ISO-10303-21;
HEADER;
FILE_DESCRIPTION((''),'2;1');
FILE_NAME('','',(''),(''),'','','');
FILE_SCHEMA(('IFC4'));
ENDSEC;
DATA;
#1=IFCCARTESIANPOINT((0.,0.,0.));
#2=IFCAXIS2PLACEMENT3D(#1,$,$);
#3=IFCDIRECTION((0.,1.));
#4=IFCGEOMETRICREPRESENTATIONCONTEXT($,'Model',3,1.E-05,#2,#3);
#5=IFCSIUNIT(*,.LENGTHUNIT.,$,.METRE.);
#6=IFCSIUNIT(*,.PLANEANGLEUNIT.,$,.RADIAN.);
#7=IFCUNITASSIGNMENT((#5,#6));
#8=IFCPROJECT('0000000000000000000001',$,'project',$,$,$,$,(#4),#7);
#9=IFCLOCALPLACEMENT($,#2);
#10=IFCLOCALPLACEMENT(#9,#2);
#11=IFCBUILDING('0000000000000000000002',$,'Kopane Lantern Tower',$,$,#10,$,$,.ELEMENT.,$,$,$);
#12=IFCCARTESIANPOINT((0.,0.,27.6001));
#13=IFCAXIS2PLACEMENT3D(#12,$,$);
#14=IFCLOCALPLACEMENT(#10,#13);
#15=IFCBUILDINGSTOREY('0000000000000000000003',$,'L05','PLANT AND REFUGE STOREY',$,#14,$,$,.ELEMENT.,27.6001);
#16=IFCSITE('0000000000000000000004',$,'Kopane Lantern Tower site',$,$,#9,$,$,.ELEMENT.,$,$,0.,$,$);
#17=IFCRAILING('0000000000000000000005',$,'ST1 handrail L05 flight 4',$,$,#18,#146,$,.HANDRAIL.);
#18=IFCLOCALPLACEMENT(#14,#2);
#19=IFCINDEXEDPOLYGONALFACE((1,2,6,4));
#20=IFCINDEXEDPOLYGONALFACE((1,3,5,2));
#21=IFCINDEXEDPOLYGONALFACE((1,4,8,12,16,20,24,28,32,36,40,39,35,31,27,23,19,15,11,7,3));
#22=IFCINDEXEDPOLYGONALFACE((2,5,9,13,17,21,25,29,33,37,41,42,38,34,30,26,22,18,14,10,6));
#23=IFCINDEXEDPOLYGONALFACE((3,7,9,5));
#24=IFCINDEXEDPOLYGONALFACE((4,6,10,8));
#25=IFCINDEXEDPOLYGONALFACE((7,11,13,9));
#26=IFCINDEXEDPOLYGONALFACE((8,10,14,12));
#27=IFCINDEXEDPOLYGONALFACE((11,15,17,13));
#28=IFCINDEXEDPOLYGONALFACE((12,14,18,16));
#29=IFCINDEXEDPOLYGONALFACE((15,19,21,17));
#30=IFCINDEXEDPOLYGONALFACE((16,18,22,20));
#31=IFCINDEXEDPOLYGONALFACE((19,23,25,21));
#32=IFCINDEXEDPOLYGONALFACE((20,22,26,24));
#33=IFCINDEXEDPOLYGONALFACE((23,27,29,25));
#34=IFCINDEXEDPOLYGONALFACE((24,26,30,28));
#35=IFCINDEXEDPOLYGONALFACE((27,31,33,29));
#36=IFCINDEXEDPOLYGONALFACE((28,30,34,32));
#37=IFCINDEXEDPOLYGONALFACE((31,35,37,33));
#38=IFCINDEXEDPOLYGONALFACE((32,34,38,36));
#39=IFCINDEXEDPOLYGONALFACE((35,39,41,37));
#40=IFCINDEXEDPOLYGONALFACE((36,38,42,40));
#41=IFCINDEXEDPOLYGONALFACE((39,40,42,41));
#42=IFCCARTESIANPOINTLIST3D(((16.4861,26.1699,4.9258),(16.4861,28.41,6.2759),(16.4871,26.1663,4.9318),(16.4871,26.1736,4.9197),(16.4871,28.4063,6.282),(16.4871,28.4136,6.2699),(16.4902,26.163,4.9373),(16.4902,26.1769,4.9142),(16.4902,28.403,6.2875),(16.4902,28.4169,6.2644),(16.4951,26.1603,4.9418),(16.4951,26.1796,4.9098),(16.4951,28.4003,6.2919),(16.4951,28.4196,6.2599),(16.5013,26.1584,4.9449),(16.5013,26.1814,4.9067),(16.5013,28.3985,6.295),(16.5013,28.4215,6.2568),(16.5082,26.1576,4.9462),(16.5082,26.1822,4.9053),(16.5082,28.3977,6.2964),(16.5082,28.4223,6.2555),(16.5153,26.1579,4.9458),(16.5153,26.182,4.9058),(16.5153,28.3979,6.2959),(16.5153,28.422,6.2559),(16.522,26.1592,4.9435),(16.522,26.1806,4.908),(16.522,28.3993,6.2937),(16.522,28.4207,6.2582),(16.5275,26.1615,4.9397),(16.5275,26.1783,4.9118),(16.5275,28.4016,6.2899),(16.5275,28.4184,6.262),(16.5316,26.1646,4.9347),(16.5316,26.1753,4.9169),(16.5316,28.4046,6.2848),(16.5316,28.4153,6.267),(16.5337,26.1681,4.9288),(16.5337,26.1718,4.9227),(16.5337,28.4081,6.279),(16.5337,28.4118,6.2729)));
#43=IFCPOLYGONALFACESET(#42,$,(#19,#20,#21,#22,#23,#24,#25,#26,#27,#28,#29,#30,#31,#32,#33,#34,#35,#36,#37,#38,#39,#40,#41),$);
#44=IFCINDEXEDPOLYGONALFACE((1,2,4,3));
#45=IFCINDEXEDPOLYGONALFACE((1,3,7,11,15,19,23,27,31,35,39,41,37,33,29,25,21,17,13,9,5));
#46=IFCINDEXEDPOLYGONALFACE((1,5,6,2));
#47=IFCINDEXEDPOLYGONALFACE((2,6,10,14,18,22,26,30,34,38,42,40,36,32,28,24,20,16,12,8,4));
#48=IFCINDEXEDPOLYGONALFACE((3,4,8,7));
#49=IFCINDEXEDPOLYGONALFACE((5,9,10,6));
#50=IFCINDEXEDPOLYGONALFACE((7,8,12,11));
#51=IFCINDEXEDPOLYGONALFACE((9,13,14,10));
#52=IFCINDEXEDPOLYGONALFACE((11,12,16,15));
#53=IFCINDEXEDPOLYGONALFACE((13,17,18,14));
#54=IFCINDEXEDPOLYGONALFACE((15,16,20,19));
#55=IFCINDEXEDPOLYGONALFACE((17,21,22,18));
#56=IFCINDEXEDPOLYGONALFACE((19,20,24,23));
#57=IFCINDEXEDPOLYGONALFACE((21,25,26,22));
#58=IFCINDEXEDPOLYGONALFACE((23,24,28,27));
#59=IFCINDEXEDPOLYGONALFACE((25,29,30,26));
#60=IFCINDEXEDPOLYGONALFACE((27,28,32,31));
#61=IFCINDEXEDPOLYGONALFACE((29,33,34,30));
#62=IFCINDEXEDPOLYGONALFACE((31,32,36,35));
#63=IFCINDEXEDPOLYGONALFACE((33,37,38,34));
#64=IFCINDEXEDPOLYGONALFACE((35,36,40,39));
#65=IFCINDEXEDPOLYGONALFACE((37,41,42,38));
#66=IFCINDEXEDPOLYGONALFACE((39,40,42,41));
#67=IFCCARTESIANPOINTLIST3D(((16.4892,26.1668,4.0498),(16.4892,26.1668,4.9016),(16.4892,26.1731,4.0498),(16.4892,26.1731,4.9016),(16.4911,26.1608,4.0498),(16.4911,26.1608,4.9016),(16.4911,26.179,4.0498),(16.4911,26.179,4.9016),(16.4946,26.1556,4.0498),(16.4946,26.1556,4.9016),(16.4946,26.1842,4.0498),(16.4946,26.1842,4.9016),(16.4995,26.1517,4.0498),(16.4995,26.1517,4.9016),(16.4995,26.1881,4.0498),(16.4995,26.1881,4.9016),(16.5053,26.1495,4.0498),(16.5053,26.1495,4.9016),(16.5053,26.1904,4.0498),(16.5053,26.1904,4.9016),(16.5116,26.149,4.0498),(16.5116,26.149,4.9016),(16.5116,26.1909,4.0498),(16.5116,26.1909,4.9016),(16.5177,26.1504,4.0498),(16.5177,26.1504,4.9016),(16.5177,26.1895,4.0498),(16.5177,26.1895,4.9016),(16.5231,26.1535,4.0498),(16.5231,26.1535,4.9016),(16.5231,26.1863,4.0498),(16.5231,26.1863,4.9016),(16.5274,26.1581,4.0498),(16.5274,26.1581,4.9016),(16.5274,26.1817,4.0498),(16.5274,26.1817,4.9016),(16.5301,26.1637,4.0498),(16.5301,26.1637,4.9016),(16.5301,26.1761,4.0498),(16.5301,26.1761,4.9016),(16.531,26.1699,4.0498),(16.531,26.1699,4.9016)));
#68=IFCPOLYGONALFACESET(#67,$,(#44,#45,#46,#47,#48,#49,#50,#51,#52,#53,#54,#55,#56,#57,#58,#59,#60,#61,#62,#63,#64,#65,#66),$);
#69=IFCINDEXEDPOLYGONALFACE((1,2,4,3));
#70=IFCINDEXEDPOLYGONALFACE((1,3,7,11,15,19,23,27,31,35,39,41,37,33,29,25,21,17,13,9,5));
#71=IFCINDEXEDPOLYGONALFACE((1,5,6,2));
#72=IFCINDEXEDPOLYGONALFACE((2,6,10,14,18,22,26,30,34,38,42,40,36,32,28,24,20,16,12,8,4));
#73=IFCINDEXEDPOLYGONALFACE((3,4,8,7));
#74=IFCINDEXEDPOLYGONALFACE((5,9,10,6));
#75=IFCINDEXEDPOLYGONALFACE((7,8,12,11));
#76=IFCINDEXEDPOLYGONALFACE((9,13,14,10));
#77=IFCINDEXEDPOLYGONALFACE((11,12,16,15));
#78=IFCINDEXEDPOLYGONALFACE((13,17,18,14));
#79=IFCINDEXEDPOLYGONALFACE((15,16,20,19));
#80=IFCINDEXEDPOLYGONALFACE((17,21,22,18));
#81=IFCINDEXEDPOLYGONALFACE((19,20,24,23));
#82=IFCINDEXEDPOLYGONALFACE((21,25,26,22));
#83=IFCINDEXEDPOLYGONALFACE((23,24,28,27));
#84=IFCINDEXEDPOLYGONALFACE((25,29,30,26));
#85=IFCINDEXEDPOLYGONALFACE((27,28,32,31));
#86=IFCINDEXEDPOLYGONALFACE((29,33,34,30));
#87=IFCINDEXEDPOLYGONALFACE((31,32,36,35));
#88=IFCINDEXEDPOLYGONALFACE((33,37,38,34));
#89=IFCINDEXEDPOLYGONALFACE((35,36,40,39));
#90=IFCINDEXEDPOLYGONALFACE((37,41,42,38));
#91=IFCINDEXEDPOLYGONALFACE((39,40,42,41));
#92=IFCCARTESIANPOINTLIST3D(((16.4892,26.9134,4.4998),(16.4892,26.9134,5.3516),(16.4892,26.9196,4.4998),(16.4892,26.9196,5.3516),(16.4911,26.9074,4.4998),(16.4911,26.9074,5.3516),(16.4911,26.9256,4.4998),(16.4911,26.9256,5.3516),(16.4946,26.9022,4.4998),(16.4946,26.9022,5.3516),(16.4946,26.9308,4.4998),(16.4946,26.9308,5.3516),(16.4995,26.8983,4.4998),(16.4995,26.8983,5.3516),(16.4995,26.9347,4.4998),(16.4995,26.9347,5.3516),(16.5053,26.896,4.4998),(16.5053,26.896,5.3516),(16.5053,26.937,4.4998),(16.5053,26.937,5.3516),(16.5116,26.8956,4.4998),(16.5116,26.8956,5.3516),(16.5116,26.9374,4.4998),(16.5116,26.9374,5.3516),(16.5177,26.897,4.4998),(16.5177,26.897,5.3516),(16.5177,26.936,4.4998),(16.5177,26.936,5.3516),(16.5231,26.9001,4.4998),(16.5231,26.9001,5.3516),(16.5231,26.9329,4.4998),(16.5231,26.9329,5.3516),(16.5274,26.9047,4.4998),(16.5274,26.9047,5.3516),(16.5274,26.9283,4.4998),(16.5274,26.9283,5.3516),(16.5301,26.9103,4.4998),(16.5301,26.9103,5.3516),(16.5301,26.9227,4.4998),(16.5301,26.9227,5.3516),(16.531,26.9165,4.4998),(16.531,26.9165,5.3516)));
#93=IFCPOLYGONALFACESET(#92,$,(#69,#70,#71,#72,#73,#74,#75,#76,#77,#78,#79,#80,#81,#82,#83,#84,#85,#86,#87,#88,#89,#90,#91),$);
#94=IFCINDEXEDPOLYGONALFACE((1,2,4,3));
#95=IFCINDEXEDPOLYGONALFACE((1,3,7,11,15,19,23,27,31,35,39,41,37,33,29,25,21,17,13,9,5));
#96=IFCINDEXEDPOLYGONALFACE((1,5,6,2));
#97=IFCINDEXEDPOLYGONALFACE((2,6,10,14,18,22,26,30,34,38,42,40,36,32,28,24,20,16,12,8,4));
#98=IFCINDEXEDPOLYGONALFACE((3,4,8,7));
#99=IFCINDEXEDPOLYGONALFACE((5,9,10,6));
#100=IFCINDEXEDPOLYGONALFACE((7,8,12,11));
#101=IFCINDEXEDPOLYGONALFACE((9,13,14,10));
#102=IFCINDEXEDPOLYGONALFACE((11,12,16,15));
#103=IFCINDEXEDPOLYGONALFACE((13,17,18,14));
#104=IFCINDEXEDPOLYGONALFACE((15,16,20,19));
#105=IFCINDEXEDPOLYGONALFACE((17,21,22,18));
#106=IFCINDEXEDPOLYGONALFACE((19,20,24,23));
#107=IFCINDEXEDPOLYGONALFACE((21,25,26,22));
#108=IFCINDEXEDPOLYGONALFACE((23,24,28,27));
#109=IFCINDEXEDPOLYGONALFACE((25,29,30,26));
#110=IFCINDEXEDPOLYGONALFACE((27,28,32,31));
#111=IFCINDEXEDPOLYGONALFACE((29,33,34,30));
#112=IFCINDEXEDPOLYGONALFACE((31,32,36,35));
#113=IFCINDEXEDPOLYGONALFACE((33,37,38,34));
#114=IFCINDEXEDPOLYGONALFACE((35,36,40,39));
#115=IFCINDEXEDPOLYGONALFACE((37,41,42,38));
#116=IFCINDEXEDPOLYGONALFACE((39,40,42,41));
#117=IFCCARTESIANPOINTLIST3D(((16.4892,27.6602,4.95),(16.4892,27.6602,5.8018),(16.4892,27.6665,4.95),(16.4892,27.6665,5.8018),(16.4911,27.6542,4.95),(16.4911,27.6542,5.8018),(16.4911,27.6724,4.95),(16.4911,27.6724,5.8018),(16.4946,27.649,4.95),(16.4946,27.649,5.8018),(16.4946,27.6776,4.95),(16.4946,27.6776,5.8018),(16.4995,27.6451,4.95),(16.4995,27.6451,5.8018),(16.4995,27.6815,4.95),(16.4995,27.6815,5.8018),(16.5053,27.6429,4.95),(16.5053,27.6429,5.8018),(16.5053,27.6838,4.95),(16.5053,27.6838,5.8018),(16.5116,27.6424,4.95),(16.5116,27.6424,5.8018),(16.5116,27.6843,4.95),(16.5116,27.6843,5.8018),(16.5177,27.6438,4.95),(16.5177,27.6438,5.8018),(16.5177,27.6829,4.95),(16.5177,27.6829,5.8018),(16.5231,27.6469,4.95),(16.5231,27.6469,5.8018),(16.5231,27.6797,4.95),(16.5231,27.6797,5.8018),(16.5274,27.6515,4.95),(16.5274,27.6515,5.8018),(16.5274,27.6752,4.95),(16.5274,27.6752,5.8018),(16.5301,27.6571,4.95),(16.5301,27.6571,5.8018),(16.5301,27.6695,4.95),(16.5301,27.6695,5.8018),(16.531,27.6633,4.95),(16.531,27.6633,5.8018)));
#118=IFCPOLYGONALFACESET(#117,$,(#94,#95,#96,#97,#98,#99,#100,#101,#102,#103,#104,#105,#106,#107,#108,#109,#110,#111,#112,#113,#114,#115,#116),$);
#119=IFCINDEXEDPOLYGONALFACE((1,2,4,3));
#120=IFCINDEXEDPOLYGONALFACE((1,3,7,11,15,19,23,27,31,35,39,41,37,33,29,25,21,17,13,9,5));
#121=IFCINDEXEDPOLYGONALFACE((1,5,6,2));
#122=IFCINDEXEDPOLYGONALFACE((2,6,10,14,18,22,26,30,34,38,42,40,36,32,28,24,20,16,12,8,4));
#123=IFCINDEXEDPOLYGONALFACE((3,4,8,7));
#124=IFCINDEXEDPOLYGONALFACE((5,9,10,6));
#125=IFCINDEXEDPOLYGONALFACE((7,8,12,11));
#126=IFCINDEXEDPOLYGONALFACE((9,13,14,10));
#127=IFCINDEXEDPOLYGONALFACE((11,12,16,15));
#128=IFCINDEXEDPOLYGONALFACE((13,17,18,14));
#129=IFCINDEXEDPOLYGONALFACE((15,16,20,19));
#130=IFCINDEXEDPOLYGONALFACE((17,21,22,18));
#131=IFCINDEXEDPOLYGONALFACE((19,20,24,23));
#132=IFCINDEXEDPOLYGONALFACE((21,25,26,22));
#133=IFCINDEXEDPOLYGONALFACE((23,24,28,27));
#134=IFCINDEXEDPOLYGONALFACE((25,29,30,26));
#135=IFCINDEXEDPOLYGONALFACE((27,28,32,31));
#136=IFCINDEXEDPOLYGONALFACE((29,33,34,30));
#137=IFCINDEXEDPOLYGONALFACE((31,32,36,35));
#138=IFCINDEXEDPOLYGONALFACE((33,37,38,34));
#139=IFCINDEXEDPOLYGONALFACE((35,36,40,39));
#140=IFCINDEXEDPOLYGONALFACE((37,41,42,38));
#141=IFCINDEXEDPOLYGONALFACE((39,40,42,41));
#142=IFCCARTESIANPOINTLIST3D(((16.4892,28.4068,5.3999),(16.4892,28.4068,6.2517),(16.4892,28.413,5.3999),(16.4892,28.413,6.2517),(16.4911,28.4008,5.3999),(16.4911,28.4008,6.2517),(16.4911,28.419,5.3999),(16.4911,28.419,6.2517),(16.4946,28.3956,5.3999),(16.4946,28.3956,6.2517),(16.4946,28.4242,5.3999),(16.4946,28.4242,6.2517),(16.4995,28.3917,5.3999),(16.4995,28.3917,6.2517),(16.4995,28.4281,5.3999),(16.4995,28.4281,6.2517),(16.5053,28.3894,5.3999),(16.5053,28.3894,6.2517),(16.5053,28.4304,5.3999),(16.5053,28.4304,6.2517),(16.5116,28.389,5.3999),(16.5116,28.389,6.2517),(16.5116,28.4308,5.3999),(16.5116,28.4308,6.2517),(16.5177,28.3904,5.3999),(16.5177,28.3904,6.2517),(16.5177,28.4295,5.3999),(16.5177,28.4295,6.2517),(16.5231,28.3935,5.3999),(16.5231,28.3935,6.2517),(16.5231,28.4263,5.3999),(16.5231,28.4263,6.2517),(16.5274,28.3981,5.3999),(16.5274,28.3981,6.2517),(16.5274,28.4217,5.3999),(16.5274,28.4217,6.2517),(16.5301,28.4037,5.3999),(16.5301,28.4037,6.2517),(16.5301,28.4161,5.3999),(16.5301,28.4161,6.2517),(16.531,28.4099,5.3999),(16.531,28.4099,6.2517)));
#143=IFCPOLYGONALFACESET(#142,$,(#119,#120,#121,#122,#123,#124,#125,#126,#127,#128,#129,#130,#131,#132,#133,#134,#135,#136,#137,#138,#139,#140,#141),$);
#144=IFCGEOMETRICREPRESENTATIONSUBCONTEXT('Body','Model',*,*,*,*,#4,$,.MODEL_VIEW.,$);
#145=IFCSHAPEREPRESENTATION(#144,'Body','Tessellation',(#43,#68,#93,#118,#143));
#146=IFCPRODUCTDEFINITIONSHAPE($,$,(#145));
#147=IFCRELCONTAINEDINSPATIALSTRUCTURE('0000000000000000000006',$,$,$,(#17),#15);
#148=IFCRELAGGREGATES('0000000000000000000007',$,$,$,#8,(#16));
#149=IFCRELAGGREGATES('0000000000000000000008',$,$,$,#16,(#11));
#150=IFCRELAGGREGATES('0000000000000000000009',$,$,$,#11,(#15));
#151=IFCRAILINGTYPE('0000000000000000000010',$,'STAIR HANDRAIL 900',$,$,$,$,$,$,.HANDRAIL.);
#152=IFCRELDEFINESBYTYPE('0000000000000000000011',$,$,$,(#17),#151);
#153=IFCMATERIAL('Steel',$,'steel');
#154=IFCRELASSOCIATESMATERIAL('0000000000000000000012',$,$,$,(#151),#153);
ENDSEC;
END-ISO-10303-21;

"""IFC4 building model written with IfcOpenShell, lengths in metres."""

from ifc_helpers import new_model, si_unit, direction, frame, origin, origin_2d, place, context, subcontext, project, spatial, circle, extrude, material, type_object, element, save


model = new_model("IFC4")

# Units and contexts
model_context = context("Model", 3, precision=1e-05, world=origin(), true_north=direction((0.0, 1.0)))
body_context = subcontext(model_context, "Body", "Model", "MODEL_VIEW")
ifc_project = project(units=[si_unit("LENGTHUNIT", "METRE"), si_unit("PLANEANGLEUNIT", "RADIAN")], contexts=[model_context])

# Site, building, storey
site_placement = place(None, origin())
site = spatial("IfcSite", under=ifc_project, at=site_placement, Name="Kopane Lantern Tower site", CompositionType="ELEMENT", RefElevation=0.0)
building_placement = place(site_placement, origin())
building = spatial("IfcBuilding", under=site, at=building_placement, Name="Kopane Lantern Tower", CompositionType="ELEMENT")
storey_placement = place(building_placement, frame((0.0, 0.0, 27.6001)))
storey = spatial("IfcBuildingStorey", under=building, at=storey_placement, Name="L05", Description="PLANT AND REFUGE STOREY", CompositionType="ELEMENT", Elevation=27.6001)

# Railing
ifc_material_1 = material(Name="Steel", Category="steel")
railing_type_1 = type_object("IfcRailingType", Name="STAIR HANDRAIL 900", PredefinedType="HANDRAIL", material=ifc_material_1)
for number, where, name in (
    (1, (16.51, 26.1699, 4.0498), "ST1 handrail L05 flight 4"),
):
    element("IfcRailing", number, at=place(storey_placement, frame(where)), inside=storey, type_object=railing_type_1, Name=name, PredefinedType="HANDRAIL", context=body_context, shape_type="SweptSolid", body=[
        extrude(circle(Radius=0.0239, at=origin_2d()), frame((0.0, 0.0, 0.876), z_axis=(0.0, 0.856462, 0.516211), x_axis=(-1.0, 0.0, 0.0)), (0.0, 0.0, 1.0), 2.6155),
        extrude(circle(Radius=0.021, at=origin_2d()), origin(), (0.0, 0.0, 1.0), 0.8518),
        extrude(circle(Radius=0.021, at=origin_2d()), frame((0.0, 0.7466, 0.45)), (0.0, 0.0, 1.0), 0.8518),
        extrude(circle(Radius=0.021, at=origin_2d()), frame((0.0, 1.4934, 0.9001)), (0.0, 0.0, 1.0), 0.8518),
        extrude(circle(Radius=0.021, at=origin_2d()), frame((0.0, 2.24, 1.3501)), (0.0, 0.0, 1.0), 0.8518),
    ])

save(model, "model.ifc")
